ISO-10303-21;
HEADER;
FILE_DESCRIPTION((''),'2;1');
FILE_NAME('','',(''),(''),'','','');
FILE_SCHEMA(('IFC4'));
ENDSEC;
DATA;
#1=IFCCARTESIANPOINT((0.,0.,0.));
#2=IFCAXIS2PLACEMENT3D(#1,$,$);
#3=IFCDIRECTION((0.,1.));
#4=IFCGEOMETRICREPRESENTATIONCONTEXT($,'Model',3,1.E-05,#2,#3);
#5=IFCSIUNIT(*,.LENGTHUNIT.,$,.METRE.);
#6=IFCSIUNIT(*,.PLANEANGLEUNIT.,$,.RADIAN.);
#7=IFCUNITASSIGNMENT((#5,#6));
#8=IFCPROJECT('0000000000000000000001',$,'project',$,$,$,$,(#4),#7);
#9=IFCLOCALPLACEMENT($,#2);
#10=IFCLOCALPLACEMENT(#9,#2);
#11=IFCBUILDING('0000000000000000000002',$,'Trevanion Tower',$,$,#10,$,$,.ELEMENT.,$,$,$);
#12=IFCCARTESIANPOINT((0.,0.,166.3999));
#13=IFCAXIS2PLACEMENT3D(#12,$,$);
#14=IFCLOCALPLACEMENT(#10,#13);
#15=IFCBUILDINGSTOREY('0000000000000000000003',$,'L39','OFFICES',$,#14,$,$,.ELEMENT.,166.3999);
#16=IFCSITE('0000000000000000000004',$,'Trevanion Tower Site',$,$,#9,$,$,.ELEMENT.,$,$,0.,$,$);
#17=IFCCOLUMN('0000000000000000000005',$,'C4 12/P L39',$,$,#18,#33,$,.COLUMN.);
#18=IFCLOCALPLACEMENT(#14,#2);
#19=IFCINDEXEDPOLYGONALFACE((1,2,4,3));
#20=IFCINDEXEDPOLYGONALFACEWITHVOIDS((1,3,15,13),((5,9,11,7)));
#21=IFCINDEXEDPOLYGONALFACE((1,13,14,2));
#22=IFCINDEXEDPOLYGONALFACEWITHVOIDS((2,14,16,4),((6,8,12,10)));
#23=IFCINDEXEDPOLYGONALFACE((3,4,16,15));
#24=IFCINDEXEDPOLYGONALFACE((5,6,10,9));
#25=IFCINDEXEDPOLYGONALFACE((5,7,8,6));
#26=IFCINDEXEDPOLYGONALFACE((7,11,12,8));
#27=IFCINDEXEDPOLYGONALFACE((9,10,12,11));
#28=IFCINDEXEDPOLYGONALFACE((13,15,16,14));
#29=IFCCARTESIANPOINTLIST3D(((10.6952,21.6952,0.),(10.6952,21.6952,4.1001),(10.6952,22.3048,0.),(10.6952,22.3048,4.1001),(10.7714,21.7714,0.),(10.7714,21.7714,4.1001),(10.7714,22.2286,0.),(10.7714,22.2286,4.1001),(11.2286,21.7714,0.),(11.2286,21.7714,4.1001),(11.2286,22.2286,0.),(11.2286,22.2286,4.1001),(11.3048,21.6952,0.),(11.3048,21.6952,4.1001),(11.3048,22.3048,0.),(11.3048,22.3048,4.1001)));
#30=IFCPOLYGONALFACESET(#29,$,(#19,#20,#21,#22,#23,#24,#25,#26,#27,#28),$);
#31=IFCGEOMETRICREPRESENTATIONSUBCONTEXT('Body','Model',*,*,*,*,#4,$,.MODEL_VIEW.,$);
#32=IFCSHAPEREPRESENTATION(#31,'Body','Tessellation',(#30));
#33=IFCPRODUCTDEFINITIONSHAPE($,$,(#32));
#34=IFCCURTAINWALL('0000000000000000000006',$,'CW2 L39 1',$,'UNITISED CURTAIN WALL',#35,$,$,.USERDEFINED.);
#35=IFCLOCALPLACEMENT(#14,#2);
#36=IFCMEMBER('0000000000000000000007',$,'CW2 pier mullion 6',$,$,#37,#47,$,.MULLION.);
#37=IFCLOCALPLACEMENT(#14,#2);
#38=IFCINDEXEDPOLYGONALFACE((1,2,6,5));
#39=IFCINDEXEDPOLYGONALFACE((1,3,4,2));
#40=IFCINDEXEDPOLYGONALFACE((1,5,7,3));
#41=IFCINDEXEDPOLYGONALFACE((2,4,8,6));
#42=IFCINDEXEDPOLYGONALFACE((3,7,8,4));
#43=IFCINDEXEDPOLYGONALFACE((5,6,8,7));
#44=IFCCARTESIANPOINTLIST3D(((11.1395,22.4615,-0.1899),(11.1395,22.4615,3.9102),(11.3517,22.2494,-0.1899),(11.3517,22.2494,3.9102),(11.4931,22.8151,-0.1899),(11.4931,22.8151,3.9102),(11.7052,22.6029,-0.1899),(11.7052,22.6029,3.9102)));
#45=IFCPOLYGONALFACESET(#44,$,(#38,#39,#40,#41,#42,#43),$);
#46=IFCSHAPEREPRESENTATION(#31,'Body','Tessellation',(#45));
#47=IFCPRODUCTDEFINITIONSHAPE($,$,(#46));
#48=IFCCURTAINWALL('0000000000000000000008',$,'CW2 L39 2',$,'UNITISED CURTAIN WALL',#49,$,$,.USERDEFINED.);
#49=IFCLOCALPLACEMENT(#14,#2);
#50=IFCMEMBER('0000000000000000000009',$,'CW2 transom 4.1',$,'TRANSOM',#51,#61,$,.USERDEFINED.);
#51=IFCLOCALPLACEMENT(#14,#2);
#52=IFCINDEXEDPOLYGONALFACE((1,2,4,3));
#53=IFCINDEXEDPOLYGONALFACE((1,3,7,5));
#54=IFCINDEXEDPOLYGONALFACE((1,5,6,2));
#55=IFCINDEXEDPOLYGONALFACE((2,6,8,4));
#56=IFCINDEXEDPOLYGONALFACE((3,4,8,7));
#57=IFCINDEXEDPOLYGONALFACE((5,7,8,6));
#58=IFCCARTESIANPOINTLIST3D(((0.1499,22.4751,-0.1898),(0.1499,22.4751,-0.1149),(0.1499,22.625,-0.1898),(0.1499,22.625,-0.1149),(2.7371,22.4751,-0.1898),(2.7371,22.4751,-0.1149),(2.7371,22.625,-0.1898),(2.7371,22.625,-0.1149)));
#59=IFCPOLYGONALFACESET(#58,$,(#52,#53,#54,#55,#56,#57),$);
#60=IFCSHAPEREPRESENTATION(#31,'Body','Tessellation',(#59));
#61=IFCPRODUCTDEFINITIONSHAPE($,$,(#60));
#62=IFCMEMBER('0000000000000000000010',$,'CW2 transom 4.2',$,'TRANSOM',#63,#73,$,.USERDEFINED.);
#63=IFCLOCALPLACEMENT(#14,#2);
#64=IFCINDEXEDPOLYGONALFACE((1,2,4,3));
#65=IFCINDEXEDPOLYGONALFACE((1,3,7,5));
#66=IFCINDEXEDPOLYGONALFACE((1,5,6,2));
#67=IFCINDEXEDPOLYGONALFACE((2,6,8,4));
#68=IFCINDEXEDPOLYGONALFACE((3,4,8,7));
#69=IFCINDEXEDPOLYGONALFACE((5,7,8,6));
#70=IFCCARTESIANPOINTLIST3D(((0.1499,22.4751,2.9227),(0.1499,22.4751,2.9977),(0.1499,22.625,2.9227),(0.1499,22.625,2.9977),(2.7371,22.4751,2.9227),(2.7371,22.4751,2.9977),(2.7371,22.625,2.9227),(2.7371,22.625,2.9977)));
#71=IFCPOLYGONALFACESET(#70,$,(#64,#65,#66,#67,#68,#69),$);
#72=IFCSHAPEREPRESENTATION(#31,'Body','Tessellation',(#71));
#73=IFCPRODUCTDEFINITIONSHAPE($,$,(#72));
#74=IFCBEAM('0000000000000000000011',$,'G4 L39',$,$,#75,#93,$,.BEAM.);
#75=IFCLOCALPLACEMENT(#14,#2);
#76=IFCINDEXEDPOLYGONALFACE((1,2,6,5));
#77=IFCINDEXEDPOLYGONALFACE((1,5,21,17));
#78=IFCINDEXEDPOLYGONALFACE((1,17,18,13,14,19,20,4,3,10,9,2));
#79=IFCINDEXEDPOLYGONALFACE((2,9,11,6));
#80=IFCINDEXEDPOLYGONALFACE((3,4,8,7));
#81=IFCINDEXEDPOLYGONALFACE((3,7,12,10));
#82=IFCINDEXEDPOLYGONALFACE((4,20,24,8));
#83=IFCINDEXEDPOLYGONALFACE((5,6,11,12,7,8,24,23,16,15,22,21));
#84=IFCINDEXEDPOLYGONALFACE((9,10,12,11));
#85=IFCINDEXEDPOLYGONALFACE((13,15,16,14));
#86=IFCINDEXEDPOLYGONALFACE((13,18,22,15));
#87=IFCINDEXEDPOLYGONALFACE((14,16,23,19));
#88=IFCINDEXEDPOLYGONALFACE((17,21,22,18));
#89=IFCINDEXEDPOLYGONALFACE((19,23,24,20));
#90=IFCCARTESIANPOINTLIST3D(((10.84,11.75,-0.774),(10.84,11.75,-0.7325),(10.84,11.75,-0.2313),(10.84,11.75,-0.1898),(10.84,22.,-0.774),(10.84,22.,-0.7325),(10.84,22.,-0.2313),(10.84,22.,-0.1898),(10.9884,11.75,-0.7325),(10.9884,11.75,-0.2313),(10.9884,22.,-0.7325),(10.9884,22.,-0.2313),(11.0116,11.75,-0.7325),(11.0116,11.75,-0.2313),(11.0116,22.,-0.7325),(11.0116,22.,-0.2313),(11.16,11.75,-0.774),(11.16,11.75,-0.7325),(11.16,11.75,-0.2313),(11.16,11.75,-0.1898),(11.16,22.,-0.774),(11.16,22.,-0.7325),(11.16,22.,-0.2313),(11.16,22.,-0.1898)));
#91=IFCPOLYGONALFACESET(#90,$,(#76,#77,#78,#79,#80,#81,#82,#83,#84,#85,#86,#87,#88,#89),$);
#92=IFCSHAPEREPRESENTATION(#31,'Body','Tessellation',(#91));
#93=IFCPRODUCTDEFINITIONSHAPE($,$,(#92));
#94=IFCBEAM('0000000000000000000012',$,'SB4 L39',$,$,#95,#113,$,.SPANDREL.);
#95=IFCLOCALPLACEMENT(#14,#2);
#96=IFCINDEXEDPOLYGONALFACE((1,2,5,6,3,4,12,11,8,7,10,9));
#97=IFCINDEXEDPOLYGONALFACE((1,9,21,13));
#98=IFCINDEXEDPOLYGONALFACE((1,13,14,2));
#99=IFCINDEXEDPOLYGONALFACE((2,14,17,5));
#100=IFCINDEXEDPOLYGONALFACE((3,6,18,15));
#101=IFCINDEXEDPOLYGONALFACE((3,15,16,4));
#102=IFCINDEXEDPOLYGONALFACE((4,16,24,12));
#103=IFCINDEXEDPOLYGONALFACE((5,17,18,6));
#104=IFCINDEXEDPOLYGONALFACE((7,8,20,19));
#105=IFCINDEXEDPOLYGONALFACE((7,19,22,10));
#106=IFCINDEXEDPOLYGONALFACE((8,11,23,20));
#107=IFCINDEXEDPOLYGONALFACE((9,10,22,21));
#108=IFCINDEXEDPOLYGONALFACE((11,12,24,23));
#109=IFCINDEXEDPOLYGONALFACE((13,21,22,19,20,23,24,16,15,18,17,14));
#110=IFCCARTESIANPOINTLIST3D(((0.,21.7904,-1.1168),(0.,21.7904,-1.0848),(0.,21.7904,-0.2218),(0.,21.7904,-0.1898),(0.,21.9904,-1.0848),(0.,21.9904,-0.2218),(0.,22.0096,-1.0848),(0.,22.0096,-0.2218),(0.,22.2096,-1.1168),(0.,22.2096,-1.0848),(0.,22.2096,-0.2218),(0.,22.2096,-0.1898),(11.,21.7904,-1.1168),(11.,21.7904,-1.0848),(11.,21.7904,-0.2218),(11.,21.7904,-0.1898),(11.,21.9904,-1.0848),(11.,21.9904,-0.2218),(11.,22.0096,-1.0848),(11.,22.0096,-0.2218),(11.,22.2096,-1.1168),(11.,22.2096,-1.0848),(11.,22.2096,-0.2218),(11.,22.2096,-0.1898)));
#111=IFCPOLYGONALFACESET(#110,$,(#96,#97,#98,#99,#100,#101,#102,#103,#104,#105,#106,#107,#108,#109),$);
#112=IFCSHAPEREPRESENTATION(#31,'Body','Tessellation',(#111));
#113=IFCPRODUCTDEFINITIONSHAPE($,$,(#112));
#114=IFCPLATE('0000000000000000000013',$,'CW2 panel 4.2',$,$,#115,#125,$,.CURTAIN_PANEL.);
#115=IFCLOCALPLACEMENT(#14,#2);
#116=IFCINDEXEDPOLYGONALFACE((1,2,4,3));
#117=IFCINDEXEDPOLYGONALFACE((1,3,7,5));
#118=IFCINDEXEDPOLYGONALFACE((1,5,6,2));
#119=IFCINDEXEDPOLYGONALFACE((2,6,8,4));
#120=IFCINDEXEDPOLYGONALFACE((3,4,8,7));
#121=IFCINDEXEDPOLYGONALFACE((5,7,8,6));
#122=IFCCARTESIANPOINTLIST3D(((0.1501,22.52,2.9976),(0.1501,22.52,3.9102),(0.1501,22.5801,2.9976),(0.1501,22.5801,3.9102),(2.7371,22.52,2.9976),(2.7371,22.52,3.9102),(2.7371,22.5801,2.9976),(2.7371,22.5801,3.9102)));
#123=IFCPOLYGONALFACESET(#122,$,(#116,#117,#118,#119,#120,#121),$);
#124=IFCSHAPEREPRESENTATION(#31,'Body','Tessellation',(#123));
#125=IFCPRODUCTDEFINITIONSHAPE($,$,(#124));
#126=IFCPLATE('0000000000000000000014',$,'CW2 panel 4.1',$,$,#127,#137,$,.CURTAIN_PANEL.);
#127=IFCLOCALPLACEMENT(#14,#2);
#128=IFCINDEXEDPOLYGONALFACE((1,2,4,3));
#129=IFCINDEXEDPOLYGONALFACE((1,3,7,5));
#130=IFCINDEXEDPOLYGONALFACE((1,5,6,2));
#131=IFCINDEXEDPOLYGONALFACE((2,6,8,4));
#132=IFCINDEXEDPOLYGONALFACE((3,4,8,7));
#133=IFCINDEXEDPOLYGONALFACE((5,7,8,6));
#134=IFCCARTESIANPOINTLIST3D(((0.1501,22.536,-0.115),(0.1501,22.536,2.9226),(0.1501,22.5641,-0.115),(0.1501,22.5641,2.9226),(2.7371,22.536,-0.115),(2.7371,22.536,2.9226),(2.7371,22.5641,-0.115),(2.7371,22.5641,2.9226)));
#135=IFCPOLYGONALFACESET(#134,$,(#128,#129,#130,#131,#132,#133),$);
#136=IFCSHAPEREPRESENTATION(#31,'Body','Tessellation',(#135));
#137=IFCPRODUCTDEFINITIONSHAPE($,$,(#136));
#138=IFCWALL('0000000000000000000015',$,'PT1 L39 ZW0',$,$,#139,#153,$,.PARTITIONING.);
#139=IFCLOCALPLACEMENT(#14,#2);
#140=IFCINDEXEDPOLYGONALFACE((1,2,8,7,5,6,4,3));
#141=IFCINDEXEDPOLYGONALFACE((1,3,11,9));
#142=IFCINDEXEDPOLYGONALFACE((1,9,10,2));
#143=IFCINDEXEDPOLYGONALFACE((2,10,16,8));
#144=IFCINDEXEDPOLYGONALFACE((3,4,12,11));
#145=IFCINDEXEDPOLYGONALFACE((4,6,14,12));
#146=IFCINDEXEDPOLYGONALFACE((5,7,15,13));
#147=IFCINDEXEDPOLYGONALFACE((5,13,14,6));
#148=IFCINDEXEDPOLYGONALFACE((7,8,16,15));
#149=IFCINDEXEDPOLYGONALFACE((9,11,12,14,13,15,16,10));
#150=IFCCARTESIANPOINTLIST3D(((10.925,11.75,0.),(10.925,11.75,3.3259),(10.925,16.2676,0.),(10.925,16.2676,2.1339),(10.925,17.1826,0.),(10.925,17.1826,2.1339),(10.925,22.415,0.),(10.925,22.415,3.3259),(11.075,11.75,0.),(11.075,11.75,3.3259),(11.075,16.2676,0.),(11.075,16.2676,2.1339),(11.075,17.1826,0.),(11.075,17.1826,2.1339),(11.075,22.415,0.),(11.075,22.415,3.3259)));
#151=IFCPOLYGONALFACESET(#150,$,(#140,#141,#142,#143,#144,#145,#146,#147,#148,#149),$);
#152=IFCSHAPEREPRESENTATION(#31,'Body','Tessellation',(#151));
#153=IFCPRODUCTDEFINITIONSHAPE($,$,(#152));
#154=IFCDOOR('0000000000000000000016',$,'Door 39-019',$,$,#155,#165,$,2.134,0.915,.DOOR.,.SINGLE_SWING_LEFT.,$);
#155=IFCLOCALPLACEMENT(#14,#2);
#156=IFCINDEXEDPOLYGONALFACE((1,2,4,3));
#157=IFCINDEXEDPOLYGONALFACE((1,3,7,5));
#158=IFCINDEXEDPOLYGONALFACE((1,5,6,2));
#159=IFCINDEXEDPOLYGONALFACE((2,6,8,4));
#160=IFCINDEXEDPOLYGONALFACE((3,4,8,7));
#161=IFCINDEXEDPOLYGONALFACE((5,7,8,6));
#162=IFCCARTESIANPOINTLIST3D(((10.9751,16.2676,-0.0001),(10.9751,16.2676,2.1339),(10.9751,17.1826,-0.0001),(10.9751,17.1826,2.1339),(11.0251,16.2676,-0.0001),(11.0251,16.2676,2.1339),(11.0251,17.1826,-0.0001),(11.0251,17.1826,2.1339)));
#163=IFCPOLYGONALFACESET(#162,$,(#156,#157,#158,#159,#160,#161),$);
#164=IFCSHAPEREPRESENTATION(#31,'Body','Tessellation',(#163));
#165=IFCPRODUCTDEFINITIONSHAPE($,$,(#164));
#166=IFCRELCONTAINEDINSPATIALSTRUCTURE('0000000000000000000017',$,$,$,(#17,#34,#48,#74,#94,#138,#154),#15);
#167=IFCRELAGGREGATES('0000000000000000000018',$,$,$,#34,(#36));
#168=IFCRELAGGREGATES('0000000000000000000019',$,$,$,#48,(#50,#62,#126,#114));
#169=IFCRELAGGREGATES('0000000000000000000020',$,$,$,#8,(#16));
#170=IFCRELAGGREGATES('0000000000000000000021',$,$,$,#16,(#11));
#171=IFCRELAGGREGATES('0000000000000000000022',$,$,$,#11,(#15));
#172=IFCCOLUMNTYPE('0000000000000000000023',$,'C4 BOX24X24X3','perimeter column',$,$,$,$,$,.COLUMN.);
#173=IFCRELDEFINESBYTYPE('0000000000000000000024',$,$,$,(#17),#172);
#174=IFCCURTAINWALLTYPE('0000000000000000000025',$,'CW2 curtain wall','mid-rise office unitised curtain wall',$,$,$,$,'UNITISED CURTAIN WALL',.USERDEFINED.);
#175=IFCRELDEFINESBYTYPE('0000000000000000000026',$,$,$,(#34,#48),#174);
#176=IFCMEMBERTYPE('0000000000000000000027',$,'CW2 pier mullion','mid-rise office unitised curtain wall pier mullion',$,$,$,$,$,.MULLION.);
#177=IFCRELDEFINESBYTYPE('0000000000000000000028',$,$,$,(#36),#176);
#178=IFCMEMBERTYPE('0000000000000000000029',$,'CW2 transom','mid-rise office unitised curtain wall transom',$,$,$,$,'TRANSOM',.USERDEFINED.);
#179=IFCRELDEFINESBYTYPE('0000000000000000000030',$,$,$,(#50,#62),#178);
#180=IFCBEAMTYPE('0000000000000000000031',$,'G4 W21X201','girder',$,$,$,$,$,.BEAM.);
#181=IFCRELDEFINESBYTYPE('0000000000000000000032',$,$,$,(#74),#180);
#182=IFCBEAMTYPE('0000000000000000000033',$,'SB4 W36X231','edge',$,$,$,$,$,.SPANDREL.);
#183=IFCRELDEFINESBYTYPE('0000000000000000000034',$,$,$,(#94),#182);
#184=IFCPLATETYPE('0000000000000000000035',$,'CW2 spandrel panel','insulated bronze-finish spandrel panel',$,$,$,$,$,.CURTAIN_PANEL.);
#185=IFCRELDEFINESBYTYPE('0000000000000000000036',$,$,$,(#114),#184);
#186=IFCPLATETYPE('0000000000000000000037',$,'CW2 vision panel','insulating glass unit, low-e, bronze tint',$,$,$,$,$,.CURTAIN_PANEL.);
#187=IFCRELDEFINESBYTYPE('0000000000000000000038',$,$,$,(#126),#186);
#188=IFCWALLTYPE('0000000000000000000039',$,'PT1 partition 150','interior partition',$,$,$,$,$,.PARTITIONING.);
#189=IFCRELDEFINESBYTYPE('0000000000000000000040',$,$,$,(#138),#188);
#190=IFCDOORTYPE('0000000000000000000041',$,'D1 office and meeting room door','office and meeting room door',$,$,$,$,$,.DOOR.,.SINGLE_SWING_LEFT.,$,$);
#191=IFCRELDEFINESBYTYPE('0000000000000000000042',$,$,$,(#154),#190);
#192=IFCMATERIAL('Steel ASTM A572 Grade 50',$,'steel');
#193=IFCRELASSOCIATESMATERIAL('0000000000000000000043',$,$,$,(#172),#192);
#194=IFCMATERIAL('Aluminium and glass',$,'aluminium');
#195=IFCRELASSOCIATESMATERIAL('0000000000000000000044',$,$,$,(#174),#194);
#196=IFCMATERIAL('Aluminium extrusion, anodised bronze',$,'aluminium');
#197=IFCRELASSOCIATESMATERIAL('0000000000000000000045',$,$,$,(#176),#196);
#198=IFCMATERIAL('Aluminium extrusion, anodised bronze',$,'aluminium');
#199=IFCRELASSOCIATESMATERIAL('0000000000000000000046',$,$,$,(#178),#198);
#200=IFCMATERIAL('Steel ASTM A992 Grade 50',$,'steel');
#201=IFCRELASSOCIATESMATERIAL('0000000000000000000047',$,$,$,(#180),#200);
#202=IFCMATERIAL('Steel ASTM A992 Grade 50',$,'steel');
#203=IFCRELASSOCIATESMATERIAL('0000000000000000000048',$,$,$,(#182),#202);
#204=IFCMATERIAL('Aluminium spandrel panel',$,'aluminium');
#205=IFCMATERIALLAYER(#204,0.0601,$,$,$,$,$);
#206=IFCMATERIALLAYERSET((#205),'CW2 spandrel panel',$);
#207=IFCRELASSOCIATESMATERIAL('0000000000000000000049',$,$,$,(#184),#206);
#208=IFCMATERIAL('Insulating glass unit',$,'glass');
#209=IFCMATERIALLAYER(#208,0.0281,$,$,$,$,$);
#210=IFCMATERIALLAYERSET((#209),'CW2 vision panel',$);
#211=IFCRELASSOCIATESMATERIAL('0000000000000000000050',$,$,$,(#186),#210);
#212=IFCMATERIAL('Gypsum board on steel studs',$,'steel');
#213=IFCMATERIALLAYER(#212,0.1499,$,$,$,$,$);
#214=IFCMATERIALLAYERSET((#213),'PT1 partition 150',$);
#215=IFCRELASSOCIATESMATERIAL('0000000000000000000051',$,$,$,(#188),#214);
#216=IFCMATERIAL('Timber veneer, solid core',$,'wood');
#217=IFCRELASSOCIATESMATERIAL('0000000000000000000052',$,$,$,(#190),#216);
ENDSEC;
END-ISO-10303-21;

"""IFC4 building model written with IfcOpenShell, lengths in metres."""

from ifc_helpers import new_model, si_unit, direction, frame, frame_2d, origin, origin_2d, place, context, subcontext, project, spatial, rectangle, hollow_rectangle, i_section, extrude, material, layer, layer_set, material_profile, profile_set, type_object, element, fill, aggregate, save


model = new_model("IFC4")

# Units and contexts
model_context = context("Model", 3, precision=1e-05, world=origin(), true_north=direction((0.0, 1.0)))
body_context = subcontext(model_context, "Body", "Model", "MODEL_VIEW")
ifc_project = project(units=[si_unit("LENGTHUNIT", "METRE"), si_unit("PLANEANGLEUNIT", "RADIAN")], contexts=[model_context])

# Site, building, storey
site_placement = place(None, origin())
site = spatial("IfcSite", under=ifc_project, at=site_placement, Name="Trevanion Tower Site", CompositionType="ELEMENT", RefElevation=0.0)
building_placement = place(site_placement, origin())
building = spatial("IfcBuilding", under=site, at=building_placement, Name="Trevanion Tower", CompositionType="ELEMENT")
storey_placement = place(building_placement, frame((0.0, 0.0, 166.3999)))
storey = spatial("IfcBuildingStorey", under=building, at=storey_placement, Name="L39", Description="OFFICES", CompositionType="ELEMENT", Elevation=166.3999)

# Column
ifc_material_1 = material(Name="Steel ASTM A572 Grade 50", Category="steel")
ifc_material_profile_1 = material_profile(ifc_material_1, hollow_rectangle(XDim=0.6096, YDim=0.6096, WallThickness=0.0762, at=origin_2d()), Name="BOX24X24X3")
ifc_profile_set_1 = profile_set([ifc_material_profile_1], Name="Steel ASTM A572 Grade 50")
column_type = type_object("IfcColumnType", Name="C4 BOX24X24X3", Description="perimeter column", PredefinedType="COLUMN", material=ifc_profile_set_1)
column_placement = place(storey_placement, frame((11.0, 22.0, 0.0), z_axis=(0.0, 0.0, 1.0), x_axis=(1.0, 0.0, 0.0)))
element("IfcColumn", 1, at=column_placement, inside=storey, type_object=column_type, Name="C4 12/P L39", PredefinedType="COLUMN", context=body_context, shape_type="SweptSolid", body=[
    extrude(hollow_rectangle(XDim=0.6096, YDim=0.6096, WallThickness=0.0762, at=origin_2d()), origin(), (0.0, 0.0, 1.0), 4.1001),
])

# Curtain wall, member
ifc_material_2 = material(Name="Aluminium and glass", Category="aluminium")
curtain_wall_type = type_object("IfcCurtainWallType", Name="CW2 curtain wall", Description="mid-rise office unitised curtain wall", ElementType="UNITISED CURTAIN WALL", PredefinedType="USERDEFINED", material=ifc_material_2)
curtain_wall_1_placement = place(storey_placement, origin())
curtain_wall_1 = element("IfcCurtainWall", 2, at=curtain_wall_1_placement, inside=storey, type_object=curtain_wall_type, Name="CW2 L39 1", ObjectType="UNITISED CURTAIN WALL", PredefinedType="USERDEFINED")
ifc_material_3 = material(Name="Aluminium extrusion, anodised bronze", Category="aluminium")
ifc_material_profile_2 = material_profile(ifc_material_3, rectangle(XDim=0.3, YDim=0.5, at=origin_2d()), Name="CW2 pier mullion")
ifc_profile_set_2 = profile_set([ifc_material_profile_2], Name="Aluminium extrusion, anodised bronze")
member_type_1 = type_object("IfcMemberType", Name="CW2 pier mullion", Description="mid-rise office unitised curtain wall pier mullion", PredefinedType="MULLION", material=ifc_profile_set_2)
member_1_placement = place(storey_placement, frame((11.4224, 22.5322, -0.1899), z_axis=(0.0, 0.0, 1.0), x_axis=(-0.707107, 0.707107, 0.0)))
member_1 = element("IfcMember", 3, at=member_1_placement, type_object=member_type_1, Name="CW2 pier mullion 6", PredefinedType="MULLION", context=body_context, shape_type="SweptSolid", body=[
    extrude(rectangle(XDim=0.3, YDim=0.5, at=origin_2d()), origin(), (0.0, 0.0, 1.0), 4.1001),
])
aggregate(curtain_wall_1, [member_1])

# Curtain wall, members
curtain_wall_2_placement = place(storey_placement, origin())
curtain_wall_2 = element("IfcCurtainWall", 4, at=curtain_wall_2_placement, inside=storey, type_object=curtain_wall_type, Name="CW2 L39 2", ObjectType="UNITISED CURTAIN WALL", PredefinedType="USERDEFINED")
ifc_material_4 = material(Name="Aluminium extrusion, anodised bronze", Category="aluminium")
ifc_material_profile_3 = material_profile(ifc_material_4, rectangle(XDim=0.1499, YDim=0.075, at=origin_2d()), Name="CW2 transom")
ifc_profile_set_3 = profile_set([ifc_material_profile_3], Name="Aluminium extrusion, anodised bronze")
member_type_2 = type_object("IfcMemberType", Name="CW2 transom", Description="mid-rise office unitised curtain wall transom", ElementType="TRANSOM", PredefinedType="USERDEFINED", material=ifc_profile_set_3)
member_2_placement = place(storey_placement, frame((2.7371, 22.55, -0.1523), z_axis=(-1.0, 0.0, 0.0), x_axis=(0.0, -1.0, 0.0)))
member_2 = element("IfcMember", 5, at=member_2_placement, type_object=member_type_2, Name="CW2 transom 4.1", ObjectType="TRANSOM", PredefinedType="USERDEFINED", context=body_context, shape_type="SweptSolid", body=[
    extrude(rectangle(XDim=0.1499, YDim=0.075, at=origin_2d()), origin(), (0.0, 0.0, 1.0), 2.5872),
])
member_3_placement = place(storey_placement, frame((2.7371, 22.55, 2.9602), z_axis=(-1.0, 0.0, 0.0), x_axis=(0.0, -1.0, 0.0)))
member_3 = element("IfcMember", 6, at=member_3_placement, type_object=member_type_2, Name="CW2 transom 4.2", ObjectType="TRANSOM", PredefinedType="USERDEFINED", context=body_context, shape_type="SweptSolid", body=[
    extrude(rectangle(XDim=0.1499, YDim=0.075, at=origin_2d()), origin(), (0.0, 0.0, 1.0), 2.5872),
])

# Beams
ifc_material_5 = material(Name="Steel ASTM A992 Grade 50", Category="steel")
ifc_material_profile_4 = material_profile(ifc_material_5, i_section(OverallWidth=0.3201, OverallDepth=0.5842, WebThickness=0.0232, FlangeThickness=0.0415, at=origin_2d()), Name="W21X201")
ifc_profile_set_4 = profile_set([ifc_material_profile_4], Name="Steel ASTM A992 Grade 50")
beam_type_1 = type_object("IfcBeamType", Name="G4 W21X201", Description="girder", PredefinedType="BEAM", material=ifc_profile_set_4)
beam_1_placement = place(storey_placement, frame((11.0, 11.75, -0.4819), z_axis=(0.0, 1.0, 0.0), x_axis=(-1.0, 0.0, 0.0)))
element("IfcBeam", 7, at=beam_1_placement, inside=storey, type_object=beam_type_1, Name="G4 L39", PredefinedType="BEAM", context=body_context, shape_type="SweptSolid", body=[
    extrude(i_section(OverallWidth=0.3201, OverallDepth=0.5842, WebThickness=0.0232, FlangeThickness=0.0415, at=origin_2d()), origin(), (0.0, 0.0, 1.0), 10.25),
])
ifc_material_6 = material(Name="Steel ASTM A992 Grade 50", Category="steel")
ifc_material_profile_5 = material_profile(ifc_material_6, i_section(OverallWidth=0.4192, OverallDepth=0.927, WebThickness=0.0193, FlangeThickness=0.032, at=origin_2d()), Name="W36X231")
ifc_profile_set_5 = profile_set([ifc_material_profile_5], Name="Steel ASTM A992 Grade 50")
beam_type_2 = type_object("IfcBeamType", Name="SB4 W36X231", Description="edge", PredefinedType="SPANDREL", material=ifc_profile_set_5)
beam_2_placement = place(storey_placement, frame((11.0, 22.0, -0.6533), z_axis=(-1.0, 0.0, 0.0), x_axis=(0.0, -1.0, 0.0)))
element("IfcBeam", 8, at=beam_2_placement, inside=storey, type_object=beam_type_2, Name="SB4 L39", PredefinedType="SPANDREL", context=body_context, shape_type="SweptSolid", body=[
    extrude(i_section(OverallWidth=0.4192, OverallDepth=0.927, WebThickness=0.0193, FlangeThickness=0.032, at=origin_2d()), origin(), (0.0, 0.0, 1.0), 11.0),
])

# Plates
ifc_material_7 = material(Name="Aluminium spandrel panel", Category="aluminium")
ifc_layer_1 = layer(ifc_material_7, 0.0601)
ifc_layer_set_1 = layer_set([ifc_layer_1], Name="CW2 spandrel panel")
plate_type_1 = type_object("IfcPlateType", Name="CW2 spandrel panel", Description="insulated bronze-finish spandrel panel", PredefinedType="CURTAIN_PANEL", material=ifc_layer_set_1)
plate_1_placement = place(storey_placement, frame((1.4436, 22.55, 2.9976), z_axis=(0.0, 0.0, 1.0), x_axis=(-1.0, 0.0, 0.0)))
plate_1 = element("IfcPlate", 9, at=plate_1_placement, type_object=plate_type_1, Name="CW2 panel 4.2", PredefinedType="CURTAIN_PANEL", context=body_context, shape_type="SweptSolid", body=[
    extrude(rectangle(XDim=2.5869, YDim=0.0601, at=origin_2d()), origin(), (0.0, 0.0, 1.0), 0.9126),
])
ifc_material_8 = material(Name="Insulating glass unit", Category="glass")
ifc_layer_2 = layer(ifc_material_8, 0.0281)
ifc_layer_set_2 = layer_set([ifc_layer_2], Name="CW2 vision panel")
plate_type_2 = type_object("IfcPlateType", Name="CW2 vision panel", Description="insulating glass unit, low-e, bronze tint", PredefinedType="CURTAIN_PANEL", material=ifc_layer_set_2)
plate_2_placement = place(storey_placement, frame((1.4436, 22.55, -0.115), z_axis=(0.0, 0.0, 1.0), x_axis=(-1.0, 0.0, 0.0)))
plate_2 = element("IfcPlate", 10, at=plate_2_placement, type_object=plate_type_2, Name="CW2 panel 4.1", PredefinedType="CURTAIN_PANEL", context=body_context, shape_type="SweptSolid", body=[
    extrude(rectangle(XDim=2.5869, YDim=0.0281, at=origin_2d()), origin(), (0.0, 0.0, 1.0), 3.0376),
])
aggregate(curtain_wall_2, [member_2, member_3, plate_2, plate_1])

# Wall, opening, door
ifc_material_9 = material(Name="Gypsum board on steel studs", Category="steel")
ifc_layer_3 = layer(ifc_material_9, 0.1499)
ifc_layer_set_3 = layer_set([ifc_layer_3], Name="PT1 partition 150")
wall_type = type_object("IfcWallType", Name="PT1 partition 150", Description="interior partition", PredefinedType="PARTITIONING", material=ifc_layer_set_3)
wall_1_placement = place(storey_placement, frame((11.0, 11.75, 0.0), z_axis=(0.0, 0.0, 1.0), x_axis=(0.0, 1.0, 0.0)))
wall_1 = element("IfcWall", 11, at=wall_1_placement, inside=storey, type_object=wall_type, Name="PT1 L39 ZW0", PredefinedType="PARTITIONING", context=body_context, shape_type="SweptSolid", body=[
    extrude(rectangle(XDim=10.665, YDim=0.1499, at=frame_2d((5.3325, 0.0))), origin(), (0.0, 0.0, 1.0), 3.3259),
])
opening_1_placement = place(wall_1_placement, frame((4.5176, 0.0, 0.0)))
opening_1 = element("IfcOpeningElement", 12, at=opening_1_placement, cuts=wall_1, PredefinedType="OPENING", context=body_context, shape_type="SweptSolid", body=[
    extrude(rectangle(XDim=0.915, YDim=2.134, at=frame_2d((0.4575, 1.0669))), frame((0.0, 0.085, 0.0), z_axis=(0.0, -1.0, 0.0), x_axis=(1.0, 0.0, 0.0)), (0.0, 0.0, 1.0), 0.1699),
])
ifc_material_10 = material(Name="Timber veneer, solid core", Category="wood")
door_type = type_object("IfcDoorType", Name="D1 office and meeting room door", Description="office and meeting room door", OperationType="SINGLE_SWING_LEFT", PredefinedType="DOOR", material=ifc_material_10)
door_1_placement = place(opening_1_placement, origin())
door_1 = element("IfcDoor", 13, at=door_1_placement, inside=storey, type_object=door_type, Name="Door 39-019", OperationType="SINGLE_SWING_LEFT", OverallHeight=2.134, OverallWidth=0.915, PredefinedType="DOOR", context=body_context, shape_type="SweptSolid", body=[
    extrude(rectangle(XDim=0.915, YDim=2.134, at=frame_2d((0.4575, 1.0669))), frame((0.0, 0.0249, 0.0), z_axis=(0.0, -1.0, 0.0), x_axis=(1.0, 0.0, 0.0)), (0.0, 0.0, 1.0), 0.05),
])
fill(opening_1, door_1)

save(model, "model.ifc")
